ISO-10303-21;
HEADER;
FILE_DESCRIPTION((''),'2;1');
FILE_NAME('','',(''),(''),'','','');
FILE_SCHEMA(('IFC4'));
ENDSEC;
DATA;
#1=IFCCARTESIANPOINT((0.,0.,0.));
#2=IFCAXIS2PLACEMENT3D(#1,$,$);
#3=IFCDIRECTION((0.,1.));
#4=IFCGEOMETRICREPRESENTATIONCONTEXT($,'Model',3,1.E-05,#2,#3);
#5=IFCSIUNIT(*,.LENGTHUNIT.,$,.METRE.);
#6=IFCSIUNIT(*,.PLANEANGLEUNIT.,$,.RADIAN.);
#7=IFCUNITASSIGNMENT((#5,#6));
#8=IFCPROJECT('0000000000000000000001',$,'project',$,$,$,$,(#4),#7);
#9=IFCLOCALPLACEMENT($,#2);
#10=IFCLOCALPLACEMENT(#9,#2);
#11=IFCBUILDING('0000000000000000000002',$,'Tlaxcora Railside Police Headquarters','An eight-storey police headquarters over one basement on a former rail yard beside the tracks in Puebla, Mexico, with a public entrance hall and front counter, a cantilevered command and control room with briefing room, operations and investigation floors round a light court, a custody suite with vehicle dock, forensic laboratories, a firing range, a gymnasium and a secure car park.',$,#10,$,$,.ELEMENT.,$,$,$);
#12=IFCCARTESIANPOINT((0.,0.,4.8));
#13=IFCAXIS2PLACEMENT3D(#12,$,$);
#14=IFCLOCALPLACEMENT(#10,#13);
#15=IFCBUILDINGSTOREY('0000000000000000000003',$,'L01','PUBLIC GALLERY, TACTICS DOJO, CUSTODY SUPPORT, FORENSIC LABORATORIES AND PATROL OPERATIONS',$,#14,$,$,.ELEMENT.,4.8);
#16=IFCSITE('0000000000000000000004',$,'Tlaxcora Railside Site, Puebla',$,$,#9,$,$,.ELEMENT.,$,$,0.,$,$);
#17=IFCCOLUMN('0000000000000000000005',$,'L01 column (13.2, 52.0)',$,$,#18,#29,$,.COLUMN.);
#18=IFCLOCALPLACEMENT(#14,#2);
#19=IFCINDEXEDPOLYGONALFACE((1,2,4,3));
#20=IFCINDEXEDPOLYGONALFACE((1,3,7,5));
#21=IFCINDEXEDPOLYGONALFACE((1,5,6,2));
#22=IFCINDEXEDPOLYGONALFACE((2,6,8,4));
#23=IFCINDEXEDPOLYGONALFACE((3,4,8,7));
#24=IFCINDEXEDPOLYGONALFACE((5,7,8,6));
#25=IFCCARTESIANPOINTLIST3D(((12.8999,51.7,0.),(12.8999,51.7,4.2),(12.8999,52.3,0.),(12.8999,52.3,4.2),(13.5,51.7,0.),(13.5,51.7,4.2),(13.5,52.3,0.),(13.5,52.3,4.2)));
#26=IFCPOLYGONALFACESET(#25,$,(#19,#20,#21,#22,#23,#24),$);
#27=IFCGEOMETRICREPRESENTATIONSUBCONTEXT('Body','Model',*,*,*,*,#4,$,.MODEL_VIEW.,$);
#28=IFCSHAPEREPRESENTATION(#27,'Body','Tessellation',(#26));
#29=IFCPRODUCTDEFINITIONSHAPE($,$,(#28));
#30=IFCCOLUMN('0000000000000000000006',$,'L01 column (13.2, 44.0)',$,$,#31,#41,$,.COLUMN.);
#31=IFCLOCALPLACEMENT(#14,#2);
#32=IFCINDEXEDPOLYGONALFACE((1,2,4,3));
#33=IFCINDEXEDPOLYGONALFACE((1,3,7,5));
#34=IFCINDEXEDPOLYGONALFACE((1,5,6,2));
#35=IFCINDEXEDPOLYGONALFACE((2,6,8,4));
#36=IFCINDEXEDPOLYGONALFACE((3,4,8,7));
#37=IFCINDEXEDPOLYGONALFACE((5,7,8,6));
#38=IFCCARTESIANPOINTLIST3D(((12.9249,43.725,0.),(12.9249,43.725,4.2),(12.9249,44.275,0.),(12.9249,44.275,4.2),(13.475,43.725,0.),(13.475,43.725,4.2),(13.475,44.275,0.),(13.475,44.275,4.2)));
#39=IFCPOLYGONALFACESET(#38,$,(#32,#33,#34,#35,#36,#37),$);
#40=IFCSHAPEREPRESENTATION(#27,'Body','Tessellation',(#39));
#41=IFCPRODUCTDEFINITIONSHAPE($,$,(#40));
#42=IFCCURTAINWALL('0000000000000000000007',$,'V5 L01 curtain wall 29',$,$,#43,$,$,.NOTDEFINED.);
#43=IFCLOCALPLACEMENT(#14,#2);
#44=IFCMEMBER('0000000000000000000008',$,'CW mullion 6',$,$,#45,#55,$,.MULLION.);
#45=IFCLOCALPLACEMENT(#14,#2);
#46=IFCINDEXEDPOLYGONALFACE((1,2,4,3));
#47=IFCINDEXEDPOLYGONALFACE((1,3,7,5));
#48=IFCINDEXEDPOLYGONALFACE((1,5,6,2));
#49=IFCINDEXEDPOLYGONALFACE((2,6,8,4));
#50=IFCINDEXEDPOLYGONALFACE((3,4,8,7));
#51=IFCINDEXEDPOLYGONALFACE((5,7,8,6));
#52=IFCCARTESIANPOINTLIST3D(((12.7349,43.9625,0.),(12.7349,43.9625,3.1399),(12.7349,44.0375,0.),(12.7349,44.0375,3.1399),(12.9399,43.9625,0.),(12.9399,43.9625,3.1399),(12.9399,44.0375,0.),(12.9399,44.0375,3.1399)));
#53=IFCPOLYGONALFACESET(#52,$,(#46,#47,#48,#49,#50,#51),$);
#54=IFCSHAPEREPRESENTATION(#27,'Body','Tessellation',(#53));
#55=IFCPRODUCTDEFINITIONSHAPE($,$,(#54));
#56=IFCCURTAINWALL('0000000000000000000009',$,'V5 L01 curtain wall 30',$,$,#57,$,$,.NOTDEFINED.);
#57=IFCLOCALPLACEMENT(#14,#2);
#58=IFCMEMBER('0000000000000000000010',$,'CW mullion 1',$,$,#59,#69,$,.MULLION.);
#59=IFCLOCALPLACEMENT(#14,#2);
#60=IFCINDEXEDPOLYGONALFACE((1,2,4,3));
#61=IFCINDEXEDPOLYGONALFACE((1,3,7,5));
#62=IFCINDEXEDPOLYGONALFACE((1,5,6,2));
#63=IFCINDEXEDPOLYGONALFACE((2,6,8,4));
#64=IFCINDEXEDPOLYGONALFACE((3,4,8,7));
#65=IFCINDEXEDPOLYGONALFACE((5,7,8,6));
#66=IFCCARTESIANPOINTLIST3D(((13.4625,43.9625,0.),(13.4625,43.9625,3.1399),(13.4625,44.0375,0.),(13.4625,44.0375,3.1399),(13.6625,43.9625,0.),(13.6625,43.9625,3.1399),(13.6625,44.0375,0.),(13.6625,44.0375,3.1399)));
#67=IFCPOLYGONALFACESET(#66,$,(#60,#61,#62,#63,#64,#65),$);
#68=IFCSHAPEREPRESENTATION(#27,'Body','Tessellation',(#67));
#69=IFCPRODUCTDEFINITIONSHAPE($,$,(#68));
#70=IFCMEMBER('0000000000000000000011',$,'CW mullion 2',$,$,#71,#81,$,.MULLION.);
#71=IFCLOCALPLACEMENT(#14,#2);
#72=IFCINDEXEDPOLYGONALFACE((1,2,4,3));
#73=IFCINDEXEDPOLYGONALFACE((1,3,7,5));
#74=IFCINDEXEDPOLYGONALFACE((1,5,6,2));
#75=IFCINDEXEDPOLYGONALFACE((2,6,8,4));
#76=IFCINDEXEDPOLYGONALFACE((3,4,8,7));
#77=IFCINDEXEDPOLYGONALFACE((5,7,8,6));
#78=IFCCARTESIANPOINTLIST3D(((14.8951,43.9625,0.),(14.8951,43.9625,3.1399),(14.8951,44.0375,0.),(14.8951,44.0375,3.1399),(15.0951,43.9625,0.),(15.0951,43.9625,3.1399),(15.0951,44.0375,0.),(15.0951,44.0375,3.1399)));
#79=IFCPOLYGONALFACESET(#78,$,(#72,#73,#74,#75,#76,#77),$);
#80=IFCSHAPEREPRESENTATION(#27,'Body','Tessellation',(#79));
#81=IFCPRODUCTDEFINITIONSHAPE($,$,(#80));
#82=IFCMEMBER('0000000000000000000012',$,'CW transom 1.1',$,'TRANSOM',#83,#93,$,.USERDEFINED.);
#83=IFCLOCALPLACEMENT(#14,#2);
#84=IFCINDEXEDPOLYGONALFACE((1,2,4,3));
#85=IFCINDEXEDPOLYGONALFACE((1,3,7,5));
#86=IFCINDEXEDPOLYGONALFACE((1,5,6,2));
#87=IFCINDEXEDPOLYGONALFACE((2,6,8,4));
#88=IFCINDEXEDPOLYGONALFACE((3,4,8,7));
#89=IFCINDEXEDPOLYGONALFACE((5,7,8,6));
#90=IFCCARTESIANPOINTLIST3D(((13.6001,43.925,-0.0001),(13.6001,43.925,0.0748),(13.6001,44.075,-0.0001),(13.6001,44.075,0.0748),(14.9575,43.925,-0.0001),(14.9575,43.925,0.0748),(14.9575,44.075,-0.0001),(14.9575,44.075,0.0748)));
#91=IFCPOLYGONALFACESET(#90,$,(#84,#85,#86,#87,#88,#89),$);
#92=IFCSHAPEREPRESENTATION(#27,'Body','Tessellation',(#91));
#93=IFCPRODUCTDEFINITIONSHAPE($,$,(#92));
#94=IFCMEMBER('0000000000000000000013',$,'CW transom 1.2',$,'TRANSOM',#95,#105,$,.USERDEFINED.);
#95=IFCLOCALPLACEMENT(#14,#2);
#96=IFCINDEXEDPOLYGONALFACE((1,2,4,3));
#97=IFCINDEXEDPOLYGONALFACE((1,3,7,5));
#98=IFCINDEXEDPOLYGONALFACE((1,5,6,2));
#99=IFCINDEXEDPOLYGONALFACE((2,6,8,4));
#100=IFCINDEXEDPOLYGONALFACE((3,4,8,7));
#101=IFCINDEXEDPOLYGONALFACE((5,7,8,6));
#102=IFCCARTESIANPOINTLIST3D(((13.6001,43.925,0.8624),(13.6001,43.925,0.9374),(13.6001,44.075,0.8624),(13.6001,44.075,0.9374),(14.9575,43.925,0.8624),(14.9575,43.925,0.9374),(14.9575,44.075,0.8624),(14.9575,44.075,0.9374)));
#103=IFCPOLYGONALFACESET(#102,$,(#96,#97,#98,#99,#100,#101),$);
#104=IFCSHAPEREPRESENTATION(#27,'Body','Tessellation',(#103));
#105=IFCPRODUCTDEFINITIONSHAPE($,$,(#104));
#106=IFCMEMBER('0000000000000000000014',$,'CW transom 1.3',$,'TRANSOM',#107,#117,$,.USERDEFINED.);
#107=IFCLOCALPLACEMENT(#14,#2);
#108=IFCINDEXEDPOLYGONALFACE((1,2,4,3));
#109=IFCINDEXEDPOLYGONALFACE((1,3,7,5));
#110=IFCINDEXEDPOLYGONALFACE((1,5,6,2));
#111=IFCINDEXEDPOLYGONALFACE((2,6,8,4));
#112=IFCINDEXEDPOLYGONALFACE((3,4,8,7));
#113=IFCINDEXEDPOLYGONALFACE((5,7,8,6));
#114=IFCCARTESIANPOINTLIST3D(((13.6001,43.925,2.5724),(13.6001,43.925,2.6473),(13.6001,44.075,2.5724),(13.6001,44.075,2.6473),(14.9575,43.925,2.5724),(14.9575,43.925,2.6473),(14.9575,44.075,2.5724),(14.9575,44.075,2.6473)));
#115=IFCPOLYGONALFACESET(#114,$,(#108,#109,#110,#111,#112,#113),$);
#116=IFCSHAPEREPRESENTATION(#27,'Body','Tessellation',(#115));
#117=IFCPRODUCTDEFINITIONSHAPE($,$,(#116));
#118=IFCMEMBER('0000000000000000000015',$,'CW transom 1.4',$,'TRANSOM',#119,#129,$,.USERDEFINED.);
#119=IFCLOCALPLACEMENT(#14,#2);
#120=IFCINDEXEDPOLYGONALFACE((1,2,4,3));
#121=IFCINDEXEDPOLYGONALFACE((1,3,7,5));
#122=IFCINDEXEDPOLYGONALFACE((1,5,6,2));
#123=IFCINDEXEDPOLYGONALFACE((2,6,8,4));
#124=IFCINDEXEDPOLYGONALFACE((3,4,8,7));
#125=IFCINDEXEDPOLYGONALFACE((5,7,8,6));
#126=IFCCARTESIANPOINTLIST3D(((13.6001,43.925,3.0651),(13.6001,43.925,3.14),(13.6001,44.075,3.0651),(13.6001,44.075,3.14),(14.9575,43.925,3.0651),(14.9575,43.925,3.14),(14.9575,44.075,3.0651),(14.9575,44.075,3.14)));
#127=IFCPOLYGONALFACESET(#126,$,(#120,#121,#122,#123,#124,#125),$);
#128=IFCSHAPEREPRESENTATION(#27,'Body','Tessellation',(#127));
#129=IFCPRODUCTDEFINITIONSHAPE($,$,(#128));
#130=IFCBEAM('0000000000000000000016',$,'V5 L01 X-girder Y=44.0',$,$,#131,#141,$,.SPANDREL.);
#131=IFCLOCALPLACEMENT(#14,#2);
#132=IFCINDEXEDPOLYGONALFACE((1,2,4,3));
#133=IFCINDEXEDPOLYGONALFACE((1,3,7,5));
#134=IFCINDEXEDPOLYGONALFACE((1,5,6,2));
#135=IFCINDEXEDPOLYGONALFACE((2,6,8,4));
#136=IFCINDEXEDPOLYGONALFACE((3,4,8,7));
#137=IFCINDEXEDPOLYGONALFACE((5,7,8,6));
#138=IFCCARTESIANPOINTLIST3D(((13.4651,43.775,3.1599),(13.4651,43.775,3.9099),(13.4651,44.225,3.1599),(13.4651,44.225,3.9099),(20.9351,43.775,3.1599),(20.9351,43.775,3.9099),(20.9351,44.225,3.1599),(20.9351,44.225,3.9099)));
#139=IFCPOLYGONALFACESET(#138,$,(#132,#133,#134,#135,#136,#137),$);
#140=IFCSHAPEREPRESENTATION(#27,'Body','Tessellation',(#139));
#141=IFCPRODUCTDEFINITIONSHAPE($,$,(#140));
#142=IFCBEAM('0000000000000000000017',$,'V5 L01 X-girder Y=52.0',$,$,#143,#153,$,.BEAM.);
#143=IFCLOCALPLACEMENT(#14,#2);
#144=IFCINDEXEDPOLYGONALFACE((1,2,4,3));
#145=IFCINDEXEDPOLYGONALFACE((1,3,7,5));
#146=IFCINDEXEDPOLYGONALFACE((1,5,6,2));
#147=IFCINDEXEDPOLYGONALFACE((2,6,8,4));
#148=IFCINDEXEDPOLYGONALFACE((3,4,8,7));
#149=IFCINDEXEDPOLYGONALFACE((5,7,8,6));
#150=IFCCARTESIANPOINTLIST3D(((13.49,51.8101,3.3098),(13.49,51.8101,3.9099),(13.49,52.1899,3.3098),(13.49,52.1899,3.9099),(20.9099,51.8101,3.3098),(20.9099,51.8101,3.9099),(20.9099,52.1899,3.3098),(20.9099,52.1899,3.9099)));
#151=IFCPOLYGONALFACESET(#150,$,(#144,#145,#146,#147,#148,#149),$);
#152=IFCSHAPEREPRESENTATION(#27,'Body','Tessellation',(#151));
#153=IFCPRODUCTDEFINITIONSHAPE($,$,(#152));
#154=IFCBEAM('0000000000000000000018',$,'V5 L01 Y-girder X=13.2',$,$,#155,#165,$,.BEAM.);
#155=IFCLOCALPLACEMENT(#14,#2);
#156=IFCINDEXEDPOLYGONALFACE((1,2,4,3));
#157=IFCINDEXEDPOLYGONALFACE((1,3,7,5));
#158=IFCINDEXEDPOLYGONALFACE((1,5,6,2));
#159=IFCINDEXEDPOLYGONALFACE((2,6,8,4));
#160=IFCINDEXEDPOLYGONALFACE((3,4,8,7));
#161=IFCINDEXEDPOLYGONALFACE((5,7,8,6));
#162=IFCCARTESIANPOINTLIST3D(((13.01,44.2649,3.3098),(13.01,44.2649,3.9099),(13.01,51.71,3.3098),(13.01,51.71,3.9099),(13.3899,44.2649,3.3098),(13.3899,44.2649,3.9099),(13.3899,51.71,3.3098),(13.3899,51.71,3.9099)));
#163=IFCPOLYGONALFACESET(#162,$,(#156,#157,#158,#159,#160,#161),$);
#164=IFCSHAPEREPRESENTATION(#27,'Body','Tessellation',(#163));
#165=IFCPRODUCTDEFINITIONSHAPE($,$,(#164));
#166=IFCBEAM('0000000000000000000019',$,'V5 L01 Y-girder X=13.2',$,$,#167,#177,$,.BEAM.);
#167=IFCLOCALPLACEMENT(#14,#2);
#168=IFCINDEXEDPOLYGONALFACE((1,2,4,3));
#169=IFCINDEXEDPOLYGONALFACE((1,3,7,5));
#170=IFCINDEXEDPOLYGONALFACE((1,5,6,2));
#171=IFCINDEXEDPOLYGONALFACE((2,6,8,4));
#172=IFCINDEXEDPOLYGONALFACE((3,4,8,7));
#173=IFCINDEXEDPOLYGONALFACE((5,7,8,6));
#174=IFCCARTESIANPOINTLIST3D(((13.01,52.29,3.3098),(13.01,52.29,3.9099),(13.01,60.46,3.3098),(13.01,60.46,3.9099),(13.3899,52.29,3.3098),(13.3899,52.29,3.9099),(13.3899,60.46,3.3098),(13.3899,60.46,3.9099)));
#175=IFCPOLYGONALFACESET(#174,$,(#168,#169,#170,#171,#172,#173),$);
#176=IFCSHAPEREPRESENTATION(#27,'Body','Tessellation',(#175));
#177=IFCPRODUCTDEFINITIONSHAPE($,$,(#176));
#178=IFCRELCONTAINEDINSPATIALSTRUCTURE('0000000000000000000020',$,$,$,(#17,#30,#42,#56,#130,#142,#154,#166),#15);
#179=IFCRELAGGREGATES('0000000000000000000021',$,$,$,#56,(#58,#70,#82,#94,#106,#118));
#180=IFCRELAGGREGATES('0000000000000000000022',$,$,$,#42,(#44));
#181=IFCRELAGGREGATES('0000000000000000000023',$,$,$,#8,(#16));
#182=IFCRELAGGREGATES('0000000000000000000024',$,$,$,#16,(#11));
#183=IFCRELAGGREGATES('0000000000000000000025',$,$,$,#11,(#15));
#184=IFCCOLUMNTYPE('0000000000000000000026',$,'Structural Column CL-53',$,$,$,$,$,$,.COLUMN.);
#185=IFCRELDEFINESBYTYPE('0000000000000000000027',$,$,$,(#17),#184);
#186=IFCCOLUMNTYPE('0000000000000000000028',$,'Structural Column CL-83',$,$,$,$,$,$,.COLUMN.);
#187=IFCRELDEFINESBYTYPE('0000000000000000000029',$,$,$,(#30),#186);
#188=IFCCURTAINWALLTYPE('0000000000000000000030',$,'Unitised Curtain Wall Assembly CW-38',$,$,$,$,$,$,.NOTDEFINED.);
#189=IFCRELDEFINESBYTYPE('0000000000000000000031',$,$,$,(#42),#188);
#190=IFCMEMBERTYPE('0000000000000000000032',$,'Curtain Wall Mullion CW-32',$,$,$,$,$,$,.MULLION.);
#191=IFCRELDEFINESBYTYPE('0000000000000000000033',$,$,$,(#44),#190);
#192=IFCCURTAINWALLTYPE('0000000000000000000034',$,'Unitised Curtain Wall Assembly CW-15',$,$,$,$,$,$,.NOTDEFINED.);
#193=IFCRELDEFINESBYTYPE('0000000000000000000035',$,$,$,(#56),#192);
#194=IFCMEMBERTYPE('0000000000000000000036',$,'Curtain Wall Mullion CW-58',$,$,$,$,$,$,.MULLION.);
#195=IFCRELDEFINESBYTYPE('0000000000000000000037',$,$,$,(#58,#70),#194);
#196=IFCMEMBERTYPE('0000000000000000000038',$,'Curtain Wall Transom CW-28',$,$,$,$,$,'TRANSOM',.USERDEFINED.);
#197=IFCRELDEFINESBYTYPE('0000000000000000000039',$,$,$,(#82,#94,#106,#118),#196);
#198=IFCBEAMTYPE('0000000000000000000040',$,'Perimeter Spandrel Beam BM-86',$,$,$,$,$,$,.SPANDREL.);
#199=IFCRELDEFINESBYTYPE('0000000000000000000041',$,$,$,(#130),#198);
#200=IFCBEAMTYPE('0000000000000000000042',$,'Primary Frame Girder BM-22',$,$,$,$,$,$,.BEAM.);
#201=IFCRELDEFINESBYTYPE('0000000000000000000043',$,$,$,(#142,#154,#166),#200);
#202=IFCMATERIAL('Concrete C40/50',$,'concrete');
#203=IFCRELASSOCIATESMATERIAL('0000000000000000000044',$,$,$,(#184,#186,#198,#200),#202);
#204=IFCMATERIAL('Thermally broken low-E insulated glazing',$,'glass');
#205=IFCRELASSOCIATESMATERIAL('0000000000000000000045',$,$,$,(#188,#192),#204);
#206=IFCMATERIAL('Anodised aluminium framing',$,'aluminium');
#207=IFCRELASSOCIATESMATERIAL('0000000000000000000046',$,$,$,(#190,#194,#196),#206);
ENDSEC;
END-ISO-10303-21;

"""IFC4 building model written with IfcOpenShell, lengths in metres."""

from ifc_helpers import new_model, si_unit, direction, frame, origin, origin_2d, place, context, subcontext, project, spatial, rectangle, extrude, material, material_profile, profile_set, type_object, element, aggregate, save


model = new_model("IFC4")

# Units and contexts
model_context = context("Model", 3, precision=1e-05, world=origin(), true_north=direction((0.0, 1.0)))
body_context = subcontext(model_context, "Body", "Model", "MODEL_VIEW")
ifc_project = project(units=[si_unit("LENGTHUNIT", "METRE"), si_unit("PLANEANGLEUNIT", "RADIAN")], contexts=[model_context])

# Site, building, storey
site_placement = place(None, origin())
site = spatial("IfcSite", under=ifc_project, at=site_placement, Name="Tlaxcora Railside Site, Puebla", CompositionType="ELEMENT", RefElevation=0.0)
building_placement = place(site_placement, origin())
building = spatial("IfcBuilding", under=site, at=building_placement, Name="Tlaxcora Railside Police Headquarters", Description="An eight-storey police headquarters over one basement on a former rail yard beside the tracks in Puebla, Mexico, with a public entrance hall and front counter, a cantilevered command and control room with briefing room, operations and investigation floors round a light court, a custody suite with vehicle dock, forensic laboratories, a firing range, a gymnasium and a secure car park.", CompositionType="ELEMENT")
storey_placement = place(building_placement, frame((0.0, 0.0, 4.8)))
storey = spatial("IfcBuildingStorey", under=building, at=storey_placement, Name="L01", Description="PUBLIC GALLERY, TACTICS DOJO, CUSTODY SUPPORT, FORENSIC LABORATORIES AND PATROL OPERATIONS", CompositionType="ELEMENT", Elevation=4.8)

# Columns
ifc_material_1 = material(Name="Concrete C40/50", Category="concrete")
ifc_material_profile_1 = material_profile(ifc_material_1, rectangle(XDim=0.6001, YDim=0.6001, at=origin_2d()), Name="RC600X600")
ifc_profile_set_1 = profile_set([ifc_material_profile_1], Name="Concrete C40/50")
column_type_1 = type_object("IfcColumnType", Name="Structural Column CL-53", PredefinedType="COLUMN", material=ifc_profile_set_1)
column_1_placement = place(storey_placement, frame((13.2, 52.0, 0.0), z_axis=(0.0, 0.0, 1.0), x_axis=(1.0, 0.0, 0.0)))
element("IfcColumn", 1, at=column_1_placement, inside=storey, type_object=column_type_1, Name="L01 column (13.2, 52.0)", PredefinedType="COLUMN", context=body_context, shape_type="SweptSolid", body=[
    extrude(rectangle(XDim=0.6001, YDim=0.6001, at=origin_2d()), origin(), (0.0, 0.0, 1.0), 4.2),
])
ifc_material_profile_2 = material_profile(ifc_material_1, rectangle(XDim=0.55, YDim=0.55, at=origin_2d()), Name="RC550X550")
ifc_profile_set_2 = profile_set([ifc_material_profile_2], Name="Concrete C40/50")
column_type_2 = type_object("IfcColumnType", Name="Structural Column CL-83", PredefinedType="COLUMN", material=ifc_profile_set_2)
column_2_placement = place(storey_placement, frame((13.2, 44.0, 0.0), z_axis=(0.0, 0.0, 1.0), x_axis=(1.0, 0.0, 0.0)))
element("IfcColumn", 2, at=column_2_placement, inside=storey, type_object=column_type_2, Name="L01 column (13.2, 44.0)", PredefinedType="COLUMN", context=body_context, shape_type="SweptSolid", body=[
    extrude(rectangle(XDim=0.55, YDim=0.55, at=origin_2d()), origin(), (0.0, 0.0, 1.0), 4.2),
])

# Curtain wall, member
ifc_material_2 = material(Name="Thermally broken low-E insulated glazing", Category="glass")
curtain_wall_type_1 = type_object("IfcCurtainWallType", Name="Unitised Curtain Wall Assembly CW-38", PredefinedType="NOTDEFINED", material=ifc_material_2)
curtain_wall_1_placement = place(storey_placement, origin())
curtain_wall_1 = element("IfcCurtainWall", 3, at=curtain_wall_1_placement, inside=storey, type_object=curtain_wall_type_1, Name="V5 L01 curtain wall 29", PredefinedType="NOTDEFINED")
ifc_material_3 = material(Name="Anodised aluminium framing", Category="aluminium")
ifc_material_profile_3 = material_profile(ifc_material_3, rectangle(XDim=0.075, YDim=0.2051, at=origin_2d()), Name="AL75X205")
ifc_profile_set_3 = profile_set([ifc_material_profile_3], Name="Anodised aluminium framing")
member_type_1 = type_object("IfcMemberType", Name="Curtain Wall Mullion CW-32", PredefinedType="MULLION", material=ifc_profile_set_3)
member_1_placement = place(storey_placement, frame((12.8374, 44.0, 0.0), z_axis=(0.0, 0.0, 1.0), x_axis=(0.0, 1.0, 0.0)))
member_1 = element("IfcMember", 4, at=member_1_placement, type_object=member_type_1, Name="CW mullion 6", PredefinedType="MULLION", context=body_context, shape_type="SweptSolid", body=[
    extrude(rectangle(XDim=0.075, YDim=0.2051, at=origin_2d()), origin(), (0.0, 0.0, 1.0), 3.1399),
])

# Curtain wall, members
curtain_wall_type_2 = type_object("IfcCurtainWallType", Name="Unitised Curtain Wall Assembly CW-15", PredefinedType="NOTDEFINED", material=ifc_material_2)
curtain_wall_2_placement = place(storey_placement, origin())
curtain_wall_2 = element("IfcCurtainWall", 5, at=curtain_wall_2_placement, inside=storey, type_object=curtain_wall_type_2, Name="V5 L01 curtain wall 30", PredefinedType="NOTDEFINED")
ifc_material_profile_4 = material_profile(ifc_material_3, rectangle(XDim=0.075, YDim=0.2, at=origin_2d()), Name="AL75X200")
ifc_profile_set_4 = profile_set([ifc_material_profile_4], Name="Anodised aluminium framing")
member_type_2 = type_object("IfcMemberType", Name="Curtain Wall Mullion CW-58", PredefinedType="MULLION", material=ifc_profile_set_4)
member_2_placement = place(storey_placement, frame((13.5625, 44.0, 0.0), z_axis=(0.0, 0.0, 1.0), x_axis=(0.0, 1.0, 0.0)))
member_2 = element("IfcMember", 6, at=member_2_placement, type_object=member_type_2, Name="CW mullion 1", PredefinedType="MULLION", context=body_context, shape_type="SweptSolid", body=[
    extrude(rectangle(XDim=0.075, YDim=0.2, at=origin_2d()), origin(), (0.0, 0.0, 1.0), 3.1399),
])
member_3_placement = place(storey_placement, frame((14.9951, 44.0, 0.0), z_axis=(0.0, 0.0, 1.0), x_axis=(0.0, 1.0, 0.0)))
member_3 = element("IfcMember", 7, at=member_3_placement, type_object=member_type_2, Name="CW mullion 2", PredefinedType="MULLION", context=body_context, shape_type="SweptSolid", body=[
    extrude(rectangle(XDim=0.075, YDim=0.2, at=origin_2d()), origin(), (0.0, 0.0, 1.0), 3.1399),
])
ifc_material_profile_5 = material_profile(ifc_material_3, rectangle(XDim=0.1499, YDim=0.075, at=origin_2d()), Name="AL75X150")
ifc_profile_set_5 = profile_set([ifc_material_profile_5], Name="Anodised aluminium framing")
member_type_3 = type_object("IfcMemberType", Name="Curtain Wall Transom CW-28", ElementType="TRANSOM", PredefinedType="USERDEFINED", material=ifc_profile_set_5)
member_4_placement = place(storey_placement, frame((13.6001, 44.0, 0.0374), z_axis=(1.0, 0.0, 0.0), x_axis=(0.0, 1.0, 0.0)))
member_4 = element("IfcMember", 8, at=member_4_placement, type_object=member_type_3, Name="CW transom 1.1", ObjectType="TRANSOM", PredefinedType="USERDEFINED", context=body_context, shape_type="SweptSolid", body=[
    extrude(rectangle(XDim=0.1499, YDim=0.075, at=origin_2d()), origin(), (0.0, 0.0, 1.0), 1.3574),
])
member_5_placement = place(storey_placement, frame((13.6001, 44.0, 0.8999), z_axis=(1.0, 0.0, 0.0), x_axis=(0.0, 1.0, 0.0)))
member_5 = element("IfcMember", 9, at=member_5_placement, type_object=member_type_3, Name="CW transom 1.2", ObjectType="TRANSOM", PredefinedType="USERDEFINED", context=body_context, shape_type="SweptSolid", body=[
    extrude(rectangle(XDim=0.1499, YDim=0.075, at=origin_2d()), origin(), (0.0, 0.0, 1.0), 1.3574),
])
member_6_placement = place(storey_placement, frame((13.6001, 44.0, 2.6099), z_axis=(1.0, 0.0, 0.0), x_axis=(0.0, 1.0, 0.0)))
member_6 = element("IfcMember", 10, at=member_6_placement, type_object=member_type_3, Name="CW transom 1.3", ObjectType="TRANSOM", PredefinedType="USERDEFINED", context=body_context, shape_type="SweptSolid", body=[
    extrude(rectangle(XDim=0.1499, YDim=0.075, at=origin_2d()), origin(), (0.0, 0.0, 1.0), 1.3574),
])
member_7_placement = place(storey_placement, frame((13.6001, 44.0, 3.1025), z_axis=(1.0, 0.0, 0.0), x_axis=(0.0, 1.0, 0.0)))
member_7 = element("IfcMember", 11, at=member_7_placement, type_object=member_type_3, Name="CW transom 1.4", ObjectType="TRANSOM", PredefinedType="USERDEFINED", context=body_context, shape_type="SweptSolid", body=[
    extrude(rectangle(XDim=0.1499, YDim=0.075, at=origin_2d()), origin(), (0.0, 0.0, 1.0), 1.3574),
])

# Beams
ifc_material_profile_6 = material_profile(ifc_material_1, rectangle(XDim=0.45, YDim=0.75, at=origin_2d()), Name="RC450X750")
ifc_profile_set_6 = profile_set([ifc_material_profile_6], Name="Concrete C40/50")
beam_type_1 = type_object("IfcBeamType", Name="Perimeter Spandrel Beam BM-86", PredefinedType="SPANDREL", material=ifc_profile_set_6)
beam_1_placement = place(storey_placement, frame((13.4651, 44.0, 3.5349), z_axis=(1.0, 0.0, 0.0), x_axis=(0.0, 1.0, 0.0)))
element("IfcBeam", 12, at=beam_1_placement, inside=storey, type_object=beam_type_1, Name="V5 L01 X-girder Y=44.0", PredefinedType="SPANDREL", context=body_context, shape_type="SweptSolid", body=[
    extrude(rectangle(XDim=0.45, YDim=0.75, at=origin_2d()), origin(), (0.0, 0.0, 1.0), 7.47),
])
ifc_material_profile_7 = material_profile(ifc_material_1, rectangle(XDim=0.3799, YDim=0.6001, at=origin_2d()), Name="RC380X600")
ifc_profile_set_7 = profile_set([ifc_material_profile_7], Name="Concrete C40/50")
beam_type_2 = type_object("IfcBeamType", Name="Primary Frame Girder BM-22", PredefinedType="BEAM", material=ifc_profile_set_7)
beam_2_placement = place(storey_placement, frame((13.49, 52.0, 3.6099), z_axis=(1.0, 0.0, 0.0), x_axis=(0.0, 1.0, 0.0)))
element("IfcBeam", 13, at=beam_2_placement, inside=storey, type_object=beam_type_2, Name="V5 L01 X-girder Y=52.0", PredefinedType="BEAM", context=body_context, shape_type="SweptSolid", body=[
    extrude(rectangle(XDim=0.3799, YDim=0.6001, at=origin_2d()), origin(), (0.0, 0.0, 1.0), 7.4199),
])
beam_3_placement = place(storey_placement, frame((13.2, 44.2649, 3.6099), z_axis=(0.0, 1.0, 0.0), x_axis=(-1.0, 0.0, 0.0)))
element("IfcBeam", 14, at=beam_3_placement, inside=storey, type_object=beam_type_2, Name="V5 L01 Y-girder X=13.2", PredefinedType="BEAM", context=body_context, shape_type="SweptSolid", body=[
    extrude(rectangle(XDim=0.3799, YDim=0.6001, at=origin_2d()), origin(), (0.0, 0.0, 1.0), 7.4451),
])
beam_4_placement = place(storey_placement, frame((13.2, 52.29, 3.6099), z_axis=(0.0, 1.0, 0.0), x_axis=(-1.0, 0.0, 0.0)))
element("IfcBeam", 15, at=beam_4_placement, inside=storey, type_object=beam_type_2, Name="V5 L01 Y-girder X=13.2", PredefinedType="BEAM", context=body_context, shape_type="SweptSolid", body=[
    extrude(rectangle(XDim=0.3799, YDim=0.6001, at=origin_2d()), origin(), (0.0, 0.0, 1.0), 8.1699),
])

aggregate(curtain_wall_2, [member_2, member_3, member_4, member_5, member_6, member_7])
aggregate(curtain_wall_1, [member_1])

save(model, "model.ifc")
